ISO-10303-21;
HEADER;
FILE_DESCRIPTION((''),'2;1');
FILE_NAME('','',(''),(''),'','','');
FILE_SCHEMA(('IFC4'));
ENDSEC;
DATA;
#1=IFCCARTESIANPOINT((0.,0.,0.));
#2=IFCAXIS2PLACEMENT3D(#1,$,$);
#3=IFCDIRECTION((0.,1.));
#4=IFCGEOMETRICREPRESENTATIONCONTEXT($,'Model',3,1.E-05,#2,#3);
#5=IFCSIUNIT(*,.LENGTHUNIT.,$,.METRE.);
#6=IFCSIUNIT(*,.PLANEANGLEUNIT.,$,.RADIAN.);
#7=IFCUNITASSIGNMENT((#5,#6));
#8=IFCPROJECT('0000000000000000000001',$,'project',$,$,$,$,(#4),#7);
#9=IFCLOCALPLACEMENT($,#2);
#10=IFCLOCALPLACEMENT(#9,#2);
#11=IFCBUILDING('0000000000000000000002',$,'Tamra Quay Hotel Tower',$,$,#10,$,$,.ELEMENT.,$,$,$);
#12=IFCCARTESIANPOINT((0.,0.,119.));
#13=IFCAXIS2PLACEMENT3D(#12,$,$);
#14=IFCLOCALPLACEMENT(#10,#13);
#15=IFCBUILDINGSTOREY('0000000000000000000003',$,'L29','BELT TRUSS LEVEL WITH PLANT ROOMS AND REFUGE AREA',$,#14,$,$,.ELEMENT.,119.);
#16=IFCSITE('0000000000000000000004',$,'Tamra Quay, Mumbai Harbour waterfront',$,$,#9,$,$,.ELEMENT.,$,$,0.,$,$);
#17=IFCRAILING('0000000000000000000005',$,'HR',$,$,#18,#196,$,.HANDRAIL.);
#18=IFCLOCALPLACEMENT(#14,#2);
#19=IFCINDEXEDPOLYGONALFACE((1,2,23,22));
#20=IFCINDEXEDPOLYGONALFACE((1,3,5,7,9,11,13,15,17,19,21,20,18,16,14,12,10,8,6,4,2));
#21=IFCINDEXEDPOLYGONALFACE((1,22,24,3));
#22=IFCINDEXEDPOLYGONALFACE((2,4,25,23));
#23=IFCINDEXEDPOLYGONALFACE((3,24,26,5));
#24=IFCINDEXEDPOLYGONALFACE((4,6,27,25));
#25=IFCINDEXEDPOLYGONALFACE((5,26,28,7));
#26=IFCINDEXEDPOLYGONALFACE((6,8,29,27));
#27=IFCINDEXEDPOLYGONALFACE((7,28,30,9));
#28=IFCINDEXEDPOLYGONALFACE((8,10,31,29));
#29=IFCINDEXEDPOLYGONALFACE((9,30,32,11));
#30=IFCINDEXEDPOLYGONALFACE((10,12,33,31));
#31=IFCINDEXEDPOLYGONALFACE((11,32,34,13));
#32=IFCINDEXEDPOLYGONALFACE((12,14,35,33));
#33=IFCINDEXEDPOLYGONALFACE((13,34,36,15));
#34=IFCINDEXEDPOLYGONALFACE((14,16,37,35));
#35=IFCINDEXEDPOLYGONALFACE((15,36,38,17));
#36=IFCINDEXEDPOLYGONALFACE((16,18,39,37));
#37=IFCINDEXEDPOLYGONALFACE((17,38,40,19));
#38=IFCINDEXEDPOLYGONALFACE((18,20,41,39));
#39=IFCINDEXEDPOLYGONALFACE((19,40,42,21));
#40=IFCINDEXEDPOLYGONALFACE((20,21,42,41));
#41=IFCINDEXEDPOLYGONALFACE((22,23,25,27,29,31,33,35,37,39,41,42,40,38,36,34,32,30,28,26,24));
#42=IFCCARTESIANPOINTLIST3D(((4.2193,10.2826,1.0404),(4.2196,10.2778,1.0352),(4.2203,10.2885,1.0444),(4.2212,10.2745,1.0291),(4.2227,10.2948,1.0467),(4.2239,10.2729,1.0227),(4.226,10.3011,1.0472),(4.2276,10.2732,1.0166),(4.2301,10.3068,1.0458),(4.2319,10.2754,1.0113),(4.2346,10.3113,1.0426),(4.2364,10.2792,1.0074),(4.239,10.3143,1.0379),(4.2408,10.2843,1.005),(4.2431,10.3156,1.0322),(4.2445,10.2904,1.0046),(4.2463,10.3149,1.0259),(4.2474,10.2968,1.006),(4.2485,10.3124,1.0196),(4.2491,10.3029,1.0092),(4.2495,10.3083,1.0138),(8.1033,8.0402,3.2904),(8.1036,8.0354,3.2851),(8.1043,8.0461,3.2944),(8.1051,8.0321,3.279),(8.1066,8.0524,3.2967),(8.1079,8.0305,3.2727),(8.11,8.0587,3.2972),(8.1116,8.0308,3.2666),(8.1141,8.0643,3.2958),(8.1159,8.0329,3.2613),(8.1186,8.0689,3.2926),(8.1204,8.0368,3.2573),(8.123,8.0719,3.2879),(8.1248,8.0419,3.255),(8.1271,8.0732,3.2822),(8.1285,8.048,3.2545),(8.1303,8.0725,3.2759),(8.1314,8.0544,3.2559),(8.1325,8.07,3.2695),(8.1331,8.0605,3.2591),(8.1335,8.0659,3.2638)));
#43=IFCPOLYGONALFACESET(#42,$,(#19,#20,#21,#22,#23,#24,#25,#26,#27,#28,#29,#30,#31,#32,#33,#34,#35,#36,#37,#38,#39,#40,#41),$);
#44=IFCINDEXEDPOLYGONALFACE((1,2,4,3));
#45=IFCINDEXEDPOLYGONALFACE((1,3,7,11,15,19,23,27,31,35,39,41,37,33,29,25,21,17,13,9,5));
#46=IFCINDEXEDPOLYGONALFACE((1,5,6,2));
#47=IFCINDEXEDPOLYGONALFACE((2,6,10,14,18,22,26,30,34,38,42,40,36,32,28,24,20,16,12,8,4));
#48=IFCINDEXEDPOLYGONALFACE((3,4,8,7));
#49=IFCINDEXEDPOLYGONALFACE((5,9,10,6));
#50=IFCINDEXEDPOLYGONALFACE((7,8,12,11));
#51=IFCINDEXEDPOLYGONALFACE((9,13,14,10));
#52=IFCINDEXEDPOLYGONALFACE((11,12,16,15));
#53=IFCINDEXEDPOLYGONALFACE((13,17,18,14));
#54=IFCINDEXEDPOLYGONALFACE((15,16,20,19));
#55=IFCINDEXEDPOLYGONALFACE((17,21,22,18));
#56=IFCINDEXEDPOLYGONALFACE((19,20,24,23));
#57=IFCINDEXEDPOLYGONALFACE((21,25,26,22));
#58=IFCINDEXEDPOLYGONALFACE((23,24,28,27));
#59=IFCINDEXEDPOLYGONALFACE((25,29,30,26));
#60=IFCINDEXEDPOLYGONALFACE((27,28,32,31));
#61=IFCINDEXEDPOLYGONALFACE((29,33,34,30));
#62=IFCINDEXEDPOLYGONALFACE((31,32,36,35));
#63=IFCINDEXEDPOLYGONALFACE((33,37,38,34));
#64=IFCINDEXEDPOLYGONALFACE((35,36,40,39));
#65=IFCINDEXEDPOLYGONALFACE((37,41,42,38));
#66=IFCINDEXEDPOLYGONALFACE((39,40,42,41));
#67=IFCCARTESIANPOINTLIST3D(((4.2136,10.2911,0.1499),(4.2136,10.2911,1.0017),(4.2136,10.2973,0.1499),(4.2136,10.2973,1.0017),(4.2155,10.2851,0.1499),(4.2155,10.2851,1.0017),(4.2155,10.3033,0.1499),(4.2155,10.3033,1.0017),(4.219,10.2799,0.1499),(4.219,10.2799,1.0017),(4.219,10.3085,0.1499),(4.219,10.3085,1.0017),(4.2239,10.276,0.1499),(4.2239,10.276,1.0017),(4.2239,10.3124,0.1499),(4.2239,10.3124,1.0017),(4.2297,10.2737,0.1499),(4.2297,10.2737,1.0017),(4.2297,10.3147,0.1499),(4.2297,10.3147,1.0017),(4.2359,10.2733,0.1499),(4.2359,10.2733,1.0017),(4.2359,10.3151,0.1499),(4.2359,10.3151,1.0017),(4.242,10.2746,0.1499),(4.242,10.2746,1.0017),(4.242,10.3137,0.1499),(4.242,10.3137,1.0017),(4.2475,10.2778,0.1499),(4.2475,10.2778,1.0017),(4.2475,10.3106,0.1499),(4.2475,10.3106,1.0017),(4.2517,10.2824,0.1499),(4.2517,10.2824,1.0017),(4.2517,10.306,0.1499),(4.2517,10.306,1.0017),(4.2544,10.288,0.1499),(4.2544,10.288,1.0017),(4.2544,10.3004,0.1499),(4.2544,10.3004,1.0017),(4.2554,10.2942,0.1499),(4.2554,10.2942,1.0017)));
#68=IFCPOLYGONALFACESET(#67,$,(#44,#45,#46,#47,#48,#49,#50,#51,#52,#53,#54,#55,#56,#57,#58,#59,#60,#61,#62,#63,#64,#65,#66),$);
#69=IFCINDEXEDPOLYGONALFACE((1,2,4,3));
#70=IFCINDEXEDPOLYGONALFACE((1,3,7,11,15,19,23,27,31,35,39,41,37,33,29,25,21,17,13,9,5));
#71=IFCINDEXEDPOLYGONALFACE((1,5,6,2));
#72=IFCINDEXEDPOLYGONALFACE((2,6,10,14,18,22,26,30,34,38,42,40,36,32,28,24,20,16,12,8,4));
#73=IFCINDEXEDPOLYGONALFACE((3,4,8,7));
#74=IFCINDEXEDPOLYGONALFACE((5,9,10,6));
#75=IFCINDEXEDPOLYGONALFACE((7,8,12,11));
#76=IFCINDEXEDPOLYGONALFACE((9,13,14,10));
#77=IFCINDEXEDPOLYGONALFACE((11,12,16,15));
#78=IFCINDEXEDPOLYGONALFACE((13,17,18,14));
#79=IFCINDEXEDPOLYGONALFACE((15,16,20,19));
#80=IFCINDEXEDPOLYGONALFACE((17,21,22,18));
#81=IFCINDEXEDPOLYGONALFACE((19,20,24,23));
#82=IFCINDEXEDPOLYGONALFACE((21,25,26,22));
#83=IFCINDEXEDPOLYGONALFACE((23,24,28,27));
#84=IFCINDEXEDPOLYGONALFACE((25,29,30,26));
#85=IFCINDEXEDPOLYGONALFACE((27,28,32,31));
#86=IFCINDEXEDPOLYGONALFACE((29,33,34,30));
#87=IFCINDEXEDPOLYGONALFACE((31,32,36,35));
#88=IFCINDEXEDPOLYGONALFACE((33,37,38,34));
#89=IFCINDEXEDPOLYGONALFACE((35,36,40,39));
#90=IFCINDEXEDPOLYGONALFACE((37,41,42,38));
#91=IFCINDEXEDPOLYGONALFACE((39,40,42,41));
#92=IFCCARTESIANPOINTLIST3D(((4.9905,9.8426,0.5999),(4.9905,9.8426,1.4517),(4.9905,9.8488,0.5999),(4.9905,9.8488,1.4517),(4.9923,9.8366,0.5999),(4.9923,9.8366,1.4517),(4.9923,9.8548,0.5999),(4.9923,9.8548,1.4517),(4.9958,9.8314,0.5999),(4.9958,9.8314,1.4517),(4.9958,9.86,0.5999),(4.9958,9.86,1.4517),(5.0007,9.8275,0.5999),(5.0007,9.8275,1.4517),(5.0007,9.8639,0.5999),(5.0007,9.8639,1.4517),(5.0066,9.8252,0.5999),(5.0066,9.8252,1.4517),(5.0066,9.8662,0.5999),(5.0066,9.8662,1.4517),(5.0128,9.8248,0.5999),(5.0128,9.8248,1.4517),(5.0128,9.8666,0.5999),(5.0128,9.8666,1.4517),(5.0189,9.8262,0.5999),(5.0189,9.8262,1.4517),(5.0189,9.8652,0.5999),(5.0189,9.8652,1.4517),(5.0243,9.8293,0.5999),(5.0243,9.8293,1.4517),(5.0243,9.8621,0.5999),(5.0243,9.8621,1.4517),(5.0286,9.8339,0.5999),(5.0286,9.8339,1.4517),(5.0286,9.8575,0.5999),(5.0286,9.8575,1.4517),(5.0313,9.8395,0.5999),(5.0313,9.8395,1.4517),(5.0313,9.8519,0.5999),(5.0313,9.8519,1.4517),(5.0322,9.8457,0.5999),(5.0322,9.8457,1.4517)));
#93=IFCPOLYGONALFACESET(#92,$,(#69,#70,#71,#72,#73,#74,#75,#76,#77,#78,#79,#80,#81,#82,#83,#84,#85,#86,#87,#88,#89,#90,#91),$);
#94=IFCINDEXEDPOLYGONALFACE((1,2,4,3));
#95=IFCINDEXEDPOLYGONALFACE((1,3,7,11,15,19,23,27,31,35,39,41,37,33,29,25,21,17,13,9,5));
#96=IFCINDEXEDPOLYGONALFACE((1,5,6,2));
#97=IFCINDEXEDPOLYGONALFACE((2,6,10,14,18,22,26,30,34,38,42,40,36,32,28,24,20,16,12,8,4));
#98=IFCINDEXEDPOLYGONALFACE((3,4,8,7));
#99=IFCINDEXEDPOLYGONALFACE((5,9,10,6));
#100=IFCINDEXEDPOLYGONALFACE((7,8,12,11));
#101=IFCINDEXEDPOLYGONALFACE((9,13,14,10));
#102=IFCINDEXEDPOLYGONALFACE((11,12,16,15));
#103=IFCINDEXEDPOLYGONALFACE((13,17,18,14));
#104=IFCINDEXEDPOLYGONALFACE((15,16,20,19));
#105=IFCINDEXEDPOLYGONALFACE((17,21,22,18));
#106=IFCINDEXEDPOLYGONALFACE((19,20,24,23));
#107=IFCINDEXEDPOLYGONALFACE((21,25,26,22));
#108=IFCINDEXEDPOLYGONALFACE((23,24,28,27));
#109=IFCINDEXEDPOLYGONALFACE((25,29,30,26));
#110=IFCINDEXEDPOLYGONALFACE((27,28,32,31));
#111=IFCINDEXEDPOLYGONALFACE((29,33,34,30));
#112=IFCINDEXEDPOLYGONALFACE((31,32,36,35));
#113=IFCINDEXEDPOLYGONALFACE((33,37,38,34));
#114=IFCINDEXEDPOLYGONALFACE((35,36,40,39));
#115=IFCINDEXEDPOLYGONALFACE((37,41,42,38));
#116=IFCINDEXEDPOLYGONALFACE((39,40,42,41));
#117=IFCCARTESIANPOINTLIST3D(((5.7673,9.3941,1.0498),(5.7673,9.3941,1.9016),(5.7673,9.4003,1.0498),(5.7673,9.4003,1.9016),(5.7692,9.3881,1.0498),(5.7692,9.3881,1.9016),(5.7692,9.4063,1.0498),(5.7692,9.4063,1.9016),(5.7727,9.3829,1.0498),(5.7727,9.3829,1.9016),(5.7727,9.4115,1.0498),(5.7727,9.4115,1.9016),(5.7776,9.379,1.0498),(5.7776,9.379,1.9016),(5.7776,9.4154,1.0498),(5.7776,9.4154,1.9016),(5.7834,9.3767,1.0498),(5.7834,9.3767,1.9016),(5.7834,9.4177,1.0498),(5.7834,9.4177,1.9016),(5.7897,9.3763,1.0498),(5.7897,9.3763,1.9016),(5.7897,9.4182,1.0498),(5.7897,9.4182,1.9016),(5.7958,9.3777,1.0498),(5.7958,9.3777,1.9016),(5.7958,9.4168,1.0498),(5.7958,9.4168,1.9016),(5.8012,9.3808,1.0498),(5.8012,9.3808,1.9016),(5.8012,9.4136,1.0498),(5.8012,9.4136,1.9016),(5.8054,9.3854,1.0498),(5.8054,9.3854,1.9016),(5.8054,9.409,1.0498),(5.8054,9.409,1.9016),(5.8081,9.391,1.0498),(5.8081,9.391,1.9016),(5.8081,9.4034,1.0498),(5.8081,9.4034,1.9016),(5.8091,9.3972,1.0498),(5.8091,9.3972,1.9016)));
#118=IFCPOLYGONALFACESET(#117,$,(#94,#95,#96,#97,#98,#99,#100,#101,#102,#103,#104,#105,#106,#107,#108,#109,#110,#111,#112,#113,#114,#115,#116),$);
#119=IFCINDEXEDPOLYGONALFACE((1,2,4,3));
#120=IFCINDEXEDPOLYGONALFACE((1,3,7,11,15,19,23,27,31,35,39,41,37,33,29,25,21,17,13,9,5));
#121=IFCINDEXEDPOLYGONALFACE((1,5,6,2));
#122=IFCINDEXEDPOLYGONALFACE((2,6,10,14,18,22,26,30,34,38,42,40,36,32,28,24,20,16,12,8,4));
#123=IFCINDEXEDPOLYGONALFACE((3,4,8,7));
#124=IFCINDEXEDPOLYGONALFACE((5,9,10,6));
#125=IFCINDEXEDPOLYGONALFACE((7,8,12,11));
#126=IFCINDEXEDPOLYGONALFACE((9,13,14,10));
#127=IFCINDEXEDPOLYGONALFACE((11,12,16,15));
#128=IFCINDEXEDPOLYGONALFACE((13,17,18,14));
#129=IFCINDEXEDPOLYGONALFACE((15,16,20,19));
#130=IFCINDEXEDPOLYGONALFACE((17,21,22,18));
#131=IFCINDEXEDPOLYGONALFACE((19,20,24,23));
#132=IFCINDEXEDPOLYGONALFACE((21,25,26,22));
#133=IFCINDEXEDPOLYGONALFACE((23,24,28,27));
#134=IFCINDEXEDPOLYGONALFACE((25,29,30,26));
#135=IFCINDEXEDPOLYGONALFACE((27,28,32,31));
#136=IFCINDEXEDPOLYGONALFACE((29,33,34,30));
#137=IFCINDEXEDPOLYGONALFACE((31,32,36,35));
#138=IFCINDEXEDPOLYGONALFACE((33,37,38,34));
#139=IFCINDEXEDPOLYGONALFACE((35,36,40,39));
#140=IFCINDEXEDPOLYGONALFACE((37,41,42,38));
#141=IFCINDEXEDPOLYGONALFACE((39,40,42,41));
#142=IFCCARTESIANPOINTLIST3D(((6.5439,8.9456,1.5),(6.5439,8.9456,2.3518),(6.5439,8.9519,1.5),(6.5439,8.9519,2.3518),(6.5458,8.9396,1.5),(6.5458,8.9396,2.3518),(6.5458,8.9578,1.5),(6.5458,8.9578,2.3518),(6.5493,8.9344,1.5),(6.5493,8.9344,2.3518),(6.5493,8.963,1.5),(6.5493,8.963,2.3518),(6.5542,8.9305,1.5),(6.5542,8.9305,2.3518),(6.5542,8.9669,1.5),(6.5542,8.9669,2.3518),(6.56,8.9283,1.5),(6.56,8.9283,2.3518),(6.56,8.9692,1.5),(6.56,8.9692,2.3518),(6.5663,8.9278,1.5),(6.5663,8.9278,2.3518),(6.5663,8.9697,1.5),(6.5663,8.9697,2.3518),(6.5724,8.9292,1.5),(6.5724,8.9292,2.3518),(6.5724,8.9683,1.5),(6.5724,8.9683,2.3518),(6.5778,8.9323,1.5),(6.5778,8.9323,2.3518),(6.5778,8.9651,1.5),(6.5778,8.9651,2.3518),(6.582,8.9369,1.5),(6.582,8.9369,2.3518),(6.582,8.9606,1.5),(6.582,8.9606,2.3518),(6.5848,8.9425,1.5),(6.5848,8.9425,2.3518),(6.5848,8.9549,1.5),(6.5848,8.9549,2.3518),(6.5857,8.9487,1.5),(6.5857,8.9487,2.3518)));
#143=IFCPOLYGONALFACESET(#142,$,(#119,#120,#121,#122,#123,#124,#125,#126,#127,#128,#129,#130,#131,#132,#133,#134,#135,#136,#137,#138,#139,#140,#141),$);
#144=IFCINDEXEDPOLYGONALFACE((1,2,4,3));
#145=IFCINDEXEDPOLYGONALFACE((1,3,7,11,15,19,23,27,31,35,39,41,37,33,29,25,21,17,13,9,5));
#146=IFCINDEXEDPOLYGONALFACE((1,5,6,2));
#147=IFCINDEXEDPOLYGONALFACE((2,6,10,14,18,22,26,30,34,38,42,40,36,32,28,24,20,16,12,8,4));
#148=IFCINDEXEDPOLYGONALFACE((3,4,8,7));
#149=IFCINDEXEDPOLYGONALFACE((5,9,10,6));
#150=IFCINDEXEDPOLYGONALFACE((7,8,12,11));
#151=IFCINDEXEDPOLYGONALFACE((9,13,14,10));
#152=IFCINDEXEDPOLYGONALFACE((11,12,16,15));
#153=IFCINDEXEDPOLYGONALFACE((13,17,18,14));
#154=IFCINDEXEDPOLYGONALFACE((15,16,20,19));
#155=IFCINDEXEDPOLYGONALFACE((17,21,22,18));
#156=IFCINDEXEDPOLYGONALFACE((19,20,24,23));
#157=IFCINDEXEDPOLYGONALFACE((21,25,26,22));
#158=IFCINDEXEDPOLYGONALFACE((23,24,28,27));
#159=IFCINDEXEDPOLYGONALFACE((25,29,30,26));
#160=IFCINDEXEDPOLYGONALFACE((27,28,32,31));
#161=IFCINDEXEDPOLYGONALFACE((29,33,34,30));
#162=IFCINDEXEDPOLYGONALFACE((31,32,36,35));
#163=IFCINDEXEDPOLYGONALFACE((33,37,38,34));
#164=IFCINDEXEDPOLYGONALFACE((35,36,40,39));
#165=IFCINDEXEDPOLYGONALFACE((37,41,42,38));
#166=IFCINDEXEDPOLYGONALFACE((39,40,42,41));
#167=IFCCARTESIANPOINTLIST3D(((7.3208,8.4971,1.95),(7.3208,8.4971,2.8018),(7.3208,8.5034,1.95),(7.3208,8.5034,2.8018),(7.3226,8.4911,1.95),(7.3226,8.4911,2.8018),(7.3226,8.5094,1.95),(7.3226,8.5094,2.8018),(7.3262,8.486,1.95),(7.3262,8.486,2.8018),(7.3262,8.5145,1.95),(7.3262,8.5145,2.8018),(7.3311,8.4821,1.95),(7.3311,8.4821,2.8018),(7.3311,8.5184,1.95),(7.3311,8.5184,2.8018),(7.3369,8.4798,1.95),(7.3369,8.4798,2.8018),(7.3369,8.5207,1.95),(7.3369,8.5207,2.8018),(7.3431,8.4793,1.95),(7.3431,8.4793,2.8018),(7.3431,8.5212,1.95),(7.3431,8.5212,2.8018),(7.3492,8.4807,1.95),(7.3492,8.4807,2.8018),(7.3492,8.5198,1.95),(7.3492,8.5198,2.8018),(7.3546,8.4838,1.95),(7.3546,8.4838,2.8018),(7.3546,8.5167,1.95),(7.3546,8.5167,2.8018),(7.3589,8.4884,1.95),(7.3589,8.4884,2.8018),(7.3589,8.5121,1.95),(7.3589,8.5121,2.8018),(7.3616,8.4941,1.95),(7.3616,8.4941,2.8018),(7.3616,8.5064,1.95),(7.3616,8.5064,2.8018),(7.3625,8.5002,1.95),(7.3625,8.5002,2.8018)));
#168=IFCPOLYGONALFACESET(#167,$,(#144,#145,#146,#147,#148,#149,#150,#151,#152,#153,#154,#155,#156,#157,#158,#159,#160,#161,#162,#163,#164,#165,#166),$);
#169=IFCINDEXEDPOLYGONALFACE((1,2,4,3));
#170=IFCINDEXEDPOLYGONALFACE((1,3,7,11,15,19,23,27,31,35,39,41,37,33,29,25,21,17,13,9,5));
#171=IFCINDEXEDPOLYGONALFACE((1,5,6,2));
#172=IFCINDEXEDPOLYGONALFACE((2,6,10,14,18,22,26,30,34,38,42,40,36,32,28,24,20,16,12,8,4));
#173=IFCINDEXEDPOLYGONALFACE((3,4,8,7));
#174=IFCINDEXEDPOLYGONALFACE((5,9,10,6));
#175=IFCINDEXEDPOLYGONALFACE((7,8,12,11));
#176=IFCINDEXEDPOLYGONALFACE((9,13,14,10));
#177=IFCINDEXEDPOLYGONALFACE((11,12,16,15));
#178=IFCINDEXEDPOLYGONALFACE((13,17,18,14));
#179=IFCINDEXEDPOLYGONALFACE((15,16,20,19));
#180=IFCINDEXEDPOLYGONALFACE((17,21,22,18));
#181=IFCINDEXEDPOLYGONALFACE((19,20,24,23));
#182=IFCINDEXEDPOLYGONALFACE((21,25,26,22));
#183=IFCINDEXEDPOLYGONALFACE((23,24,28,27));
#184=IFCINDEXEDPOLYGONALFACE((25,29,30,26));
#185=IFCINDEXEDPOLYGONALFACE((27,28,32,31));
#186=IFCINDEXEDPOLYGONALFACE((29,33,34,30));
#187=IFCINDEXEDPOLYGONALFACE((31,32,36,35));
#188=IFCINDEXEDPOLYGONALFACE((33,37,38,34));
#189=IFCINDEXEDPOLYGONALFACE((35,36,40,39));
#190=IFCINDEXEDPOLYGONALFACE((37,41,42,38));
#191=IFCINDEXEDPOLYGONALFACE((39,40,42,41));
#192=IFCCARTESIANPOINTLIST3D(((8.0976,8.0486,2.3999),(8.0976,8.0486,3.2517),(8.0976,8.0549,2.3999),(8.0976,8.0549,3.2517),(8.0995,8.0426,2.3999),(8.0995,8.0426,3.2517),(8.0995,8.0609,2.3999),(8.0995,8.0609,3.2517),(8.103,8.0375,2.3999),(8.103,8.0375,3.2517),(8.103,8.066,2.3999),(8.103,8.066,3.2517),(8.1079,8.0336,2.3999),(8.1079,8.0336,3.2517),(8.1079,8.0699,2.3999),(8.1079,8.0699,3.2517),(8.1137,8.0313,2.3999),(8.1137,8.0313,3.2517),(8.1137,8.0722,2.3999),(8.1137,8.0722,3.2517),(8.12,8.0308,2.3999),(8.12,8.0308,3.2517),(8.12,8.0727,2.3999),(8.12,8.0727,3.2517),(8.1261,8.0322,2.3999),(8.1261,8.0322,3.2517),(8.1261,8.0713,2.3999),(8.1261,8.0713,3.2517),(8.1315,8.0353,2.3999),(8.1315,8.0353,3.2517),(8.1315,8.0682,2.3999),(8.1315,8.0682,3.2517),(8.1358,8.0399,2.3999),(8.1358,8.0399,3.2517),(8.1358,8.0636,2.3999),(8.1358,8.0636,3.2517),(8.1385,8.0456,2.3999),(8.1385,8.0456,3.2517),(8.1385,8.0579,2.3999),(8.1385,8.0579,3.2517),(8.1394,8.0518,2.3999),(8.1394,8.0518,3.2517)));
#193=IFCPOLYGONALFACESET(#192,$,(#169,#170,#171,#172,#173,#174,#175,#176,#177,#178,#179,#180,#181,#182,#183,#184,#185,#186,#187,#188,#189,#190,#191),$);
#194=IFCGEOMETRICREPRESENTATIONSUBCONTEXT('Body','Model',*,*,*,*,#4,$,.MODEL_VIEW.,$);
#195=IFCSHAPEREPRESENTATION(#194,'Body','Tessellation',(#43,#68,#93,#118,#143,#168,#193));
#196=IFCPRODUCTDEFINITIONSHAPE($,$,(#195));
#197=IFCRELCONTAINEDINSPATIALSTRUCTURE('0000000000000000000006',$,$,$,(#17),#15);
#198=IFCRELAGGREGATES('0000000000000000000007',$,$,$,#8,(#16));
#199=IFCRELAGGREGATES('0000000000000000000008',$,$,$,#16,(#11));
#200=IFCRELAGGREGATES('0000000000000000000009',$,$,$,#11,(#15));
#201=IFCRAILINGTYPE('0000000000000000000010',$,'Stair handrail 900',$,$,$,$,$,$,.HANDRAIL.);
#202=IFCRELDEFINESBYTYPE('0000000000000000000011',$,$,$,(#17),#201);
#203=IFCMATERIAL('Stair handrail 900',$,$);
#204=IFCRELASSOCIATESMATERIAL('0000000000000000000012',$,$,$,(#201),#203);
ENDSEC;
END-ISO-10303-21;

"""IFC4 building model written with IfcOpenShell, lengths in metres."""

from ifc_helpers import new_model, si_unit, direction, frame, origin, origin_2d, place, context, subcontext, project, spatial, circle, extrude, material, type_object, element, save


model = new_model("IFC4")

# Units and contexts
model_context = context("Model", 3, precision=1e-05, world=origin(), true_north=direction((0.0, 1.0)))
body_context = subcontext(model_context, "Body", "Model", "MODEL_VIEW")
ifc_project = project(units=[si_unit("LENGTHUNIT", "METRE"), si_unit("PLANEANGLEUNIT", "RADIAN")], contexts=[model_context])

# Site, building, storey
site_placement = place(None, origin())
site = spatial("IfcSite", under=ifc_project, at=site_placement, Name="Tamra Quay, Mumbai Harbour waterfront", CompositionType="ELEMENT", RefElevation=0.0)
building_placement = place(site_placement, origin())
building = spatial("IfcBuilding", under=site, at=building_placement, Name="Tamra Quay Hotel Tower", CompositionType="ELEMENT")
storey_placement = place(building_placement, frame((0.0, 0.0, 119.0)))
storey = spatial("IfcBuildingStorey", under=building, at=storey_placement, Name="L29", Description="BELT TRUSS LEVEL WITH PLANT ROOMS AND REFUGE AREA", CompositionType="ELEMENT", Elevation=119.0)

# Railing
ifc_material_1 = material(Name="Stair handrail 900")
railing_type = type_object("IfcRailingType", Name="Stair handrail 900", PredefinedType="HANDRAIL", material=ifc_material_1)
railing_placement = place(storey_placement, frame((4.2344, 10.2942, 0.1499)))
element("IfcRailing", 1, at=railing_placement, inside=storey, type_object=railing_type, Name="HR", PredefinedType="HANDRAIL", context=body_context, shape_type="SweptSolid", body=[
    extrude(circle(Radius=0.0239, at=origin_2d()), frame((0.0, 0.0, 0.876), z_axis=(0.774076, -0.44691, 0.448418), x_axis=(0.499997, 0.866027, 0.0)), (0.0, 0.0, 1.0), 5.0176),
    extrude(circle(Radius=0.021, at=origin_2d()), origin(), (0.0, 0.0, 1.0), 0.8518),
    extrude(circle(Radius=0.021, at=origin_2d()), frame((0.7769, -0.4485, 0.45)), (0.0, 0.0, 1.0), 0.8518),
    extrude(circle(Radius=0.021, at=origin_2d()), frame((1.5537, -0.897, 0.8999)), (0.0, 0.0, 1.0), 0.8518),
    extrude(circle(Radius=0.021, at=origin_2d()), frame((2.3303, -1.3455, 1.3501)), (0.0, 0.0, 1.0), 0.8518),
    extrude(circle(Radius=0.021, at=origin_2d()), frame((3.1072, -1.7939, 1.8)), (0.0, 0.0, 1.0), 0.8518),
    extrude(circle(Radius=0.021, at=origin_2d()), frame((3.884, -2.2424, 2.25)), (0.0, 0.0, 1.0), 0.8518),
])

save(model, "model.ifc")
